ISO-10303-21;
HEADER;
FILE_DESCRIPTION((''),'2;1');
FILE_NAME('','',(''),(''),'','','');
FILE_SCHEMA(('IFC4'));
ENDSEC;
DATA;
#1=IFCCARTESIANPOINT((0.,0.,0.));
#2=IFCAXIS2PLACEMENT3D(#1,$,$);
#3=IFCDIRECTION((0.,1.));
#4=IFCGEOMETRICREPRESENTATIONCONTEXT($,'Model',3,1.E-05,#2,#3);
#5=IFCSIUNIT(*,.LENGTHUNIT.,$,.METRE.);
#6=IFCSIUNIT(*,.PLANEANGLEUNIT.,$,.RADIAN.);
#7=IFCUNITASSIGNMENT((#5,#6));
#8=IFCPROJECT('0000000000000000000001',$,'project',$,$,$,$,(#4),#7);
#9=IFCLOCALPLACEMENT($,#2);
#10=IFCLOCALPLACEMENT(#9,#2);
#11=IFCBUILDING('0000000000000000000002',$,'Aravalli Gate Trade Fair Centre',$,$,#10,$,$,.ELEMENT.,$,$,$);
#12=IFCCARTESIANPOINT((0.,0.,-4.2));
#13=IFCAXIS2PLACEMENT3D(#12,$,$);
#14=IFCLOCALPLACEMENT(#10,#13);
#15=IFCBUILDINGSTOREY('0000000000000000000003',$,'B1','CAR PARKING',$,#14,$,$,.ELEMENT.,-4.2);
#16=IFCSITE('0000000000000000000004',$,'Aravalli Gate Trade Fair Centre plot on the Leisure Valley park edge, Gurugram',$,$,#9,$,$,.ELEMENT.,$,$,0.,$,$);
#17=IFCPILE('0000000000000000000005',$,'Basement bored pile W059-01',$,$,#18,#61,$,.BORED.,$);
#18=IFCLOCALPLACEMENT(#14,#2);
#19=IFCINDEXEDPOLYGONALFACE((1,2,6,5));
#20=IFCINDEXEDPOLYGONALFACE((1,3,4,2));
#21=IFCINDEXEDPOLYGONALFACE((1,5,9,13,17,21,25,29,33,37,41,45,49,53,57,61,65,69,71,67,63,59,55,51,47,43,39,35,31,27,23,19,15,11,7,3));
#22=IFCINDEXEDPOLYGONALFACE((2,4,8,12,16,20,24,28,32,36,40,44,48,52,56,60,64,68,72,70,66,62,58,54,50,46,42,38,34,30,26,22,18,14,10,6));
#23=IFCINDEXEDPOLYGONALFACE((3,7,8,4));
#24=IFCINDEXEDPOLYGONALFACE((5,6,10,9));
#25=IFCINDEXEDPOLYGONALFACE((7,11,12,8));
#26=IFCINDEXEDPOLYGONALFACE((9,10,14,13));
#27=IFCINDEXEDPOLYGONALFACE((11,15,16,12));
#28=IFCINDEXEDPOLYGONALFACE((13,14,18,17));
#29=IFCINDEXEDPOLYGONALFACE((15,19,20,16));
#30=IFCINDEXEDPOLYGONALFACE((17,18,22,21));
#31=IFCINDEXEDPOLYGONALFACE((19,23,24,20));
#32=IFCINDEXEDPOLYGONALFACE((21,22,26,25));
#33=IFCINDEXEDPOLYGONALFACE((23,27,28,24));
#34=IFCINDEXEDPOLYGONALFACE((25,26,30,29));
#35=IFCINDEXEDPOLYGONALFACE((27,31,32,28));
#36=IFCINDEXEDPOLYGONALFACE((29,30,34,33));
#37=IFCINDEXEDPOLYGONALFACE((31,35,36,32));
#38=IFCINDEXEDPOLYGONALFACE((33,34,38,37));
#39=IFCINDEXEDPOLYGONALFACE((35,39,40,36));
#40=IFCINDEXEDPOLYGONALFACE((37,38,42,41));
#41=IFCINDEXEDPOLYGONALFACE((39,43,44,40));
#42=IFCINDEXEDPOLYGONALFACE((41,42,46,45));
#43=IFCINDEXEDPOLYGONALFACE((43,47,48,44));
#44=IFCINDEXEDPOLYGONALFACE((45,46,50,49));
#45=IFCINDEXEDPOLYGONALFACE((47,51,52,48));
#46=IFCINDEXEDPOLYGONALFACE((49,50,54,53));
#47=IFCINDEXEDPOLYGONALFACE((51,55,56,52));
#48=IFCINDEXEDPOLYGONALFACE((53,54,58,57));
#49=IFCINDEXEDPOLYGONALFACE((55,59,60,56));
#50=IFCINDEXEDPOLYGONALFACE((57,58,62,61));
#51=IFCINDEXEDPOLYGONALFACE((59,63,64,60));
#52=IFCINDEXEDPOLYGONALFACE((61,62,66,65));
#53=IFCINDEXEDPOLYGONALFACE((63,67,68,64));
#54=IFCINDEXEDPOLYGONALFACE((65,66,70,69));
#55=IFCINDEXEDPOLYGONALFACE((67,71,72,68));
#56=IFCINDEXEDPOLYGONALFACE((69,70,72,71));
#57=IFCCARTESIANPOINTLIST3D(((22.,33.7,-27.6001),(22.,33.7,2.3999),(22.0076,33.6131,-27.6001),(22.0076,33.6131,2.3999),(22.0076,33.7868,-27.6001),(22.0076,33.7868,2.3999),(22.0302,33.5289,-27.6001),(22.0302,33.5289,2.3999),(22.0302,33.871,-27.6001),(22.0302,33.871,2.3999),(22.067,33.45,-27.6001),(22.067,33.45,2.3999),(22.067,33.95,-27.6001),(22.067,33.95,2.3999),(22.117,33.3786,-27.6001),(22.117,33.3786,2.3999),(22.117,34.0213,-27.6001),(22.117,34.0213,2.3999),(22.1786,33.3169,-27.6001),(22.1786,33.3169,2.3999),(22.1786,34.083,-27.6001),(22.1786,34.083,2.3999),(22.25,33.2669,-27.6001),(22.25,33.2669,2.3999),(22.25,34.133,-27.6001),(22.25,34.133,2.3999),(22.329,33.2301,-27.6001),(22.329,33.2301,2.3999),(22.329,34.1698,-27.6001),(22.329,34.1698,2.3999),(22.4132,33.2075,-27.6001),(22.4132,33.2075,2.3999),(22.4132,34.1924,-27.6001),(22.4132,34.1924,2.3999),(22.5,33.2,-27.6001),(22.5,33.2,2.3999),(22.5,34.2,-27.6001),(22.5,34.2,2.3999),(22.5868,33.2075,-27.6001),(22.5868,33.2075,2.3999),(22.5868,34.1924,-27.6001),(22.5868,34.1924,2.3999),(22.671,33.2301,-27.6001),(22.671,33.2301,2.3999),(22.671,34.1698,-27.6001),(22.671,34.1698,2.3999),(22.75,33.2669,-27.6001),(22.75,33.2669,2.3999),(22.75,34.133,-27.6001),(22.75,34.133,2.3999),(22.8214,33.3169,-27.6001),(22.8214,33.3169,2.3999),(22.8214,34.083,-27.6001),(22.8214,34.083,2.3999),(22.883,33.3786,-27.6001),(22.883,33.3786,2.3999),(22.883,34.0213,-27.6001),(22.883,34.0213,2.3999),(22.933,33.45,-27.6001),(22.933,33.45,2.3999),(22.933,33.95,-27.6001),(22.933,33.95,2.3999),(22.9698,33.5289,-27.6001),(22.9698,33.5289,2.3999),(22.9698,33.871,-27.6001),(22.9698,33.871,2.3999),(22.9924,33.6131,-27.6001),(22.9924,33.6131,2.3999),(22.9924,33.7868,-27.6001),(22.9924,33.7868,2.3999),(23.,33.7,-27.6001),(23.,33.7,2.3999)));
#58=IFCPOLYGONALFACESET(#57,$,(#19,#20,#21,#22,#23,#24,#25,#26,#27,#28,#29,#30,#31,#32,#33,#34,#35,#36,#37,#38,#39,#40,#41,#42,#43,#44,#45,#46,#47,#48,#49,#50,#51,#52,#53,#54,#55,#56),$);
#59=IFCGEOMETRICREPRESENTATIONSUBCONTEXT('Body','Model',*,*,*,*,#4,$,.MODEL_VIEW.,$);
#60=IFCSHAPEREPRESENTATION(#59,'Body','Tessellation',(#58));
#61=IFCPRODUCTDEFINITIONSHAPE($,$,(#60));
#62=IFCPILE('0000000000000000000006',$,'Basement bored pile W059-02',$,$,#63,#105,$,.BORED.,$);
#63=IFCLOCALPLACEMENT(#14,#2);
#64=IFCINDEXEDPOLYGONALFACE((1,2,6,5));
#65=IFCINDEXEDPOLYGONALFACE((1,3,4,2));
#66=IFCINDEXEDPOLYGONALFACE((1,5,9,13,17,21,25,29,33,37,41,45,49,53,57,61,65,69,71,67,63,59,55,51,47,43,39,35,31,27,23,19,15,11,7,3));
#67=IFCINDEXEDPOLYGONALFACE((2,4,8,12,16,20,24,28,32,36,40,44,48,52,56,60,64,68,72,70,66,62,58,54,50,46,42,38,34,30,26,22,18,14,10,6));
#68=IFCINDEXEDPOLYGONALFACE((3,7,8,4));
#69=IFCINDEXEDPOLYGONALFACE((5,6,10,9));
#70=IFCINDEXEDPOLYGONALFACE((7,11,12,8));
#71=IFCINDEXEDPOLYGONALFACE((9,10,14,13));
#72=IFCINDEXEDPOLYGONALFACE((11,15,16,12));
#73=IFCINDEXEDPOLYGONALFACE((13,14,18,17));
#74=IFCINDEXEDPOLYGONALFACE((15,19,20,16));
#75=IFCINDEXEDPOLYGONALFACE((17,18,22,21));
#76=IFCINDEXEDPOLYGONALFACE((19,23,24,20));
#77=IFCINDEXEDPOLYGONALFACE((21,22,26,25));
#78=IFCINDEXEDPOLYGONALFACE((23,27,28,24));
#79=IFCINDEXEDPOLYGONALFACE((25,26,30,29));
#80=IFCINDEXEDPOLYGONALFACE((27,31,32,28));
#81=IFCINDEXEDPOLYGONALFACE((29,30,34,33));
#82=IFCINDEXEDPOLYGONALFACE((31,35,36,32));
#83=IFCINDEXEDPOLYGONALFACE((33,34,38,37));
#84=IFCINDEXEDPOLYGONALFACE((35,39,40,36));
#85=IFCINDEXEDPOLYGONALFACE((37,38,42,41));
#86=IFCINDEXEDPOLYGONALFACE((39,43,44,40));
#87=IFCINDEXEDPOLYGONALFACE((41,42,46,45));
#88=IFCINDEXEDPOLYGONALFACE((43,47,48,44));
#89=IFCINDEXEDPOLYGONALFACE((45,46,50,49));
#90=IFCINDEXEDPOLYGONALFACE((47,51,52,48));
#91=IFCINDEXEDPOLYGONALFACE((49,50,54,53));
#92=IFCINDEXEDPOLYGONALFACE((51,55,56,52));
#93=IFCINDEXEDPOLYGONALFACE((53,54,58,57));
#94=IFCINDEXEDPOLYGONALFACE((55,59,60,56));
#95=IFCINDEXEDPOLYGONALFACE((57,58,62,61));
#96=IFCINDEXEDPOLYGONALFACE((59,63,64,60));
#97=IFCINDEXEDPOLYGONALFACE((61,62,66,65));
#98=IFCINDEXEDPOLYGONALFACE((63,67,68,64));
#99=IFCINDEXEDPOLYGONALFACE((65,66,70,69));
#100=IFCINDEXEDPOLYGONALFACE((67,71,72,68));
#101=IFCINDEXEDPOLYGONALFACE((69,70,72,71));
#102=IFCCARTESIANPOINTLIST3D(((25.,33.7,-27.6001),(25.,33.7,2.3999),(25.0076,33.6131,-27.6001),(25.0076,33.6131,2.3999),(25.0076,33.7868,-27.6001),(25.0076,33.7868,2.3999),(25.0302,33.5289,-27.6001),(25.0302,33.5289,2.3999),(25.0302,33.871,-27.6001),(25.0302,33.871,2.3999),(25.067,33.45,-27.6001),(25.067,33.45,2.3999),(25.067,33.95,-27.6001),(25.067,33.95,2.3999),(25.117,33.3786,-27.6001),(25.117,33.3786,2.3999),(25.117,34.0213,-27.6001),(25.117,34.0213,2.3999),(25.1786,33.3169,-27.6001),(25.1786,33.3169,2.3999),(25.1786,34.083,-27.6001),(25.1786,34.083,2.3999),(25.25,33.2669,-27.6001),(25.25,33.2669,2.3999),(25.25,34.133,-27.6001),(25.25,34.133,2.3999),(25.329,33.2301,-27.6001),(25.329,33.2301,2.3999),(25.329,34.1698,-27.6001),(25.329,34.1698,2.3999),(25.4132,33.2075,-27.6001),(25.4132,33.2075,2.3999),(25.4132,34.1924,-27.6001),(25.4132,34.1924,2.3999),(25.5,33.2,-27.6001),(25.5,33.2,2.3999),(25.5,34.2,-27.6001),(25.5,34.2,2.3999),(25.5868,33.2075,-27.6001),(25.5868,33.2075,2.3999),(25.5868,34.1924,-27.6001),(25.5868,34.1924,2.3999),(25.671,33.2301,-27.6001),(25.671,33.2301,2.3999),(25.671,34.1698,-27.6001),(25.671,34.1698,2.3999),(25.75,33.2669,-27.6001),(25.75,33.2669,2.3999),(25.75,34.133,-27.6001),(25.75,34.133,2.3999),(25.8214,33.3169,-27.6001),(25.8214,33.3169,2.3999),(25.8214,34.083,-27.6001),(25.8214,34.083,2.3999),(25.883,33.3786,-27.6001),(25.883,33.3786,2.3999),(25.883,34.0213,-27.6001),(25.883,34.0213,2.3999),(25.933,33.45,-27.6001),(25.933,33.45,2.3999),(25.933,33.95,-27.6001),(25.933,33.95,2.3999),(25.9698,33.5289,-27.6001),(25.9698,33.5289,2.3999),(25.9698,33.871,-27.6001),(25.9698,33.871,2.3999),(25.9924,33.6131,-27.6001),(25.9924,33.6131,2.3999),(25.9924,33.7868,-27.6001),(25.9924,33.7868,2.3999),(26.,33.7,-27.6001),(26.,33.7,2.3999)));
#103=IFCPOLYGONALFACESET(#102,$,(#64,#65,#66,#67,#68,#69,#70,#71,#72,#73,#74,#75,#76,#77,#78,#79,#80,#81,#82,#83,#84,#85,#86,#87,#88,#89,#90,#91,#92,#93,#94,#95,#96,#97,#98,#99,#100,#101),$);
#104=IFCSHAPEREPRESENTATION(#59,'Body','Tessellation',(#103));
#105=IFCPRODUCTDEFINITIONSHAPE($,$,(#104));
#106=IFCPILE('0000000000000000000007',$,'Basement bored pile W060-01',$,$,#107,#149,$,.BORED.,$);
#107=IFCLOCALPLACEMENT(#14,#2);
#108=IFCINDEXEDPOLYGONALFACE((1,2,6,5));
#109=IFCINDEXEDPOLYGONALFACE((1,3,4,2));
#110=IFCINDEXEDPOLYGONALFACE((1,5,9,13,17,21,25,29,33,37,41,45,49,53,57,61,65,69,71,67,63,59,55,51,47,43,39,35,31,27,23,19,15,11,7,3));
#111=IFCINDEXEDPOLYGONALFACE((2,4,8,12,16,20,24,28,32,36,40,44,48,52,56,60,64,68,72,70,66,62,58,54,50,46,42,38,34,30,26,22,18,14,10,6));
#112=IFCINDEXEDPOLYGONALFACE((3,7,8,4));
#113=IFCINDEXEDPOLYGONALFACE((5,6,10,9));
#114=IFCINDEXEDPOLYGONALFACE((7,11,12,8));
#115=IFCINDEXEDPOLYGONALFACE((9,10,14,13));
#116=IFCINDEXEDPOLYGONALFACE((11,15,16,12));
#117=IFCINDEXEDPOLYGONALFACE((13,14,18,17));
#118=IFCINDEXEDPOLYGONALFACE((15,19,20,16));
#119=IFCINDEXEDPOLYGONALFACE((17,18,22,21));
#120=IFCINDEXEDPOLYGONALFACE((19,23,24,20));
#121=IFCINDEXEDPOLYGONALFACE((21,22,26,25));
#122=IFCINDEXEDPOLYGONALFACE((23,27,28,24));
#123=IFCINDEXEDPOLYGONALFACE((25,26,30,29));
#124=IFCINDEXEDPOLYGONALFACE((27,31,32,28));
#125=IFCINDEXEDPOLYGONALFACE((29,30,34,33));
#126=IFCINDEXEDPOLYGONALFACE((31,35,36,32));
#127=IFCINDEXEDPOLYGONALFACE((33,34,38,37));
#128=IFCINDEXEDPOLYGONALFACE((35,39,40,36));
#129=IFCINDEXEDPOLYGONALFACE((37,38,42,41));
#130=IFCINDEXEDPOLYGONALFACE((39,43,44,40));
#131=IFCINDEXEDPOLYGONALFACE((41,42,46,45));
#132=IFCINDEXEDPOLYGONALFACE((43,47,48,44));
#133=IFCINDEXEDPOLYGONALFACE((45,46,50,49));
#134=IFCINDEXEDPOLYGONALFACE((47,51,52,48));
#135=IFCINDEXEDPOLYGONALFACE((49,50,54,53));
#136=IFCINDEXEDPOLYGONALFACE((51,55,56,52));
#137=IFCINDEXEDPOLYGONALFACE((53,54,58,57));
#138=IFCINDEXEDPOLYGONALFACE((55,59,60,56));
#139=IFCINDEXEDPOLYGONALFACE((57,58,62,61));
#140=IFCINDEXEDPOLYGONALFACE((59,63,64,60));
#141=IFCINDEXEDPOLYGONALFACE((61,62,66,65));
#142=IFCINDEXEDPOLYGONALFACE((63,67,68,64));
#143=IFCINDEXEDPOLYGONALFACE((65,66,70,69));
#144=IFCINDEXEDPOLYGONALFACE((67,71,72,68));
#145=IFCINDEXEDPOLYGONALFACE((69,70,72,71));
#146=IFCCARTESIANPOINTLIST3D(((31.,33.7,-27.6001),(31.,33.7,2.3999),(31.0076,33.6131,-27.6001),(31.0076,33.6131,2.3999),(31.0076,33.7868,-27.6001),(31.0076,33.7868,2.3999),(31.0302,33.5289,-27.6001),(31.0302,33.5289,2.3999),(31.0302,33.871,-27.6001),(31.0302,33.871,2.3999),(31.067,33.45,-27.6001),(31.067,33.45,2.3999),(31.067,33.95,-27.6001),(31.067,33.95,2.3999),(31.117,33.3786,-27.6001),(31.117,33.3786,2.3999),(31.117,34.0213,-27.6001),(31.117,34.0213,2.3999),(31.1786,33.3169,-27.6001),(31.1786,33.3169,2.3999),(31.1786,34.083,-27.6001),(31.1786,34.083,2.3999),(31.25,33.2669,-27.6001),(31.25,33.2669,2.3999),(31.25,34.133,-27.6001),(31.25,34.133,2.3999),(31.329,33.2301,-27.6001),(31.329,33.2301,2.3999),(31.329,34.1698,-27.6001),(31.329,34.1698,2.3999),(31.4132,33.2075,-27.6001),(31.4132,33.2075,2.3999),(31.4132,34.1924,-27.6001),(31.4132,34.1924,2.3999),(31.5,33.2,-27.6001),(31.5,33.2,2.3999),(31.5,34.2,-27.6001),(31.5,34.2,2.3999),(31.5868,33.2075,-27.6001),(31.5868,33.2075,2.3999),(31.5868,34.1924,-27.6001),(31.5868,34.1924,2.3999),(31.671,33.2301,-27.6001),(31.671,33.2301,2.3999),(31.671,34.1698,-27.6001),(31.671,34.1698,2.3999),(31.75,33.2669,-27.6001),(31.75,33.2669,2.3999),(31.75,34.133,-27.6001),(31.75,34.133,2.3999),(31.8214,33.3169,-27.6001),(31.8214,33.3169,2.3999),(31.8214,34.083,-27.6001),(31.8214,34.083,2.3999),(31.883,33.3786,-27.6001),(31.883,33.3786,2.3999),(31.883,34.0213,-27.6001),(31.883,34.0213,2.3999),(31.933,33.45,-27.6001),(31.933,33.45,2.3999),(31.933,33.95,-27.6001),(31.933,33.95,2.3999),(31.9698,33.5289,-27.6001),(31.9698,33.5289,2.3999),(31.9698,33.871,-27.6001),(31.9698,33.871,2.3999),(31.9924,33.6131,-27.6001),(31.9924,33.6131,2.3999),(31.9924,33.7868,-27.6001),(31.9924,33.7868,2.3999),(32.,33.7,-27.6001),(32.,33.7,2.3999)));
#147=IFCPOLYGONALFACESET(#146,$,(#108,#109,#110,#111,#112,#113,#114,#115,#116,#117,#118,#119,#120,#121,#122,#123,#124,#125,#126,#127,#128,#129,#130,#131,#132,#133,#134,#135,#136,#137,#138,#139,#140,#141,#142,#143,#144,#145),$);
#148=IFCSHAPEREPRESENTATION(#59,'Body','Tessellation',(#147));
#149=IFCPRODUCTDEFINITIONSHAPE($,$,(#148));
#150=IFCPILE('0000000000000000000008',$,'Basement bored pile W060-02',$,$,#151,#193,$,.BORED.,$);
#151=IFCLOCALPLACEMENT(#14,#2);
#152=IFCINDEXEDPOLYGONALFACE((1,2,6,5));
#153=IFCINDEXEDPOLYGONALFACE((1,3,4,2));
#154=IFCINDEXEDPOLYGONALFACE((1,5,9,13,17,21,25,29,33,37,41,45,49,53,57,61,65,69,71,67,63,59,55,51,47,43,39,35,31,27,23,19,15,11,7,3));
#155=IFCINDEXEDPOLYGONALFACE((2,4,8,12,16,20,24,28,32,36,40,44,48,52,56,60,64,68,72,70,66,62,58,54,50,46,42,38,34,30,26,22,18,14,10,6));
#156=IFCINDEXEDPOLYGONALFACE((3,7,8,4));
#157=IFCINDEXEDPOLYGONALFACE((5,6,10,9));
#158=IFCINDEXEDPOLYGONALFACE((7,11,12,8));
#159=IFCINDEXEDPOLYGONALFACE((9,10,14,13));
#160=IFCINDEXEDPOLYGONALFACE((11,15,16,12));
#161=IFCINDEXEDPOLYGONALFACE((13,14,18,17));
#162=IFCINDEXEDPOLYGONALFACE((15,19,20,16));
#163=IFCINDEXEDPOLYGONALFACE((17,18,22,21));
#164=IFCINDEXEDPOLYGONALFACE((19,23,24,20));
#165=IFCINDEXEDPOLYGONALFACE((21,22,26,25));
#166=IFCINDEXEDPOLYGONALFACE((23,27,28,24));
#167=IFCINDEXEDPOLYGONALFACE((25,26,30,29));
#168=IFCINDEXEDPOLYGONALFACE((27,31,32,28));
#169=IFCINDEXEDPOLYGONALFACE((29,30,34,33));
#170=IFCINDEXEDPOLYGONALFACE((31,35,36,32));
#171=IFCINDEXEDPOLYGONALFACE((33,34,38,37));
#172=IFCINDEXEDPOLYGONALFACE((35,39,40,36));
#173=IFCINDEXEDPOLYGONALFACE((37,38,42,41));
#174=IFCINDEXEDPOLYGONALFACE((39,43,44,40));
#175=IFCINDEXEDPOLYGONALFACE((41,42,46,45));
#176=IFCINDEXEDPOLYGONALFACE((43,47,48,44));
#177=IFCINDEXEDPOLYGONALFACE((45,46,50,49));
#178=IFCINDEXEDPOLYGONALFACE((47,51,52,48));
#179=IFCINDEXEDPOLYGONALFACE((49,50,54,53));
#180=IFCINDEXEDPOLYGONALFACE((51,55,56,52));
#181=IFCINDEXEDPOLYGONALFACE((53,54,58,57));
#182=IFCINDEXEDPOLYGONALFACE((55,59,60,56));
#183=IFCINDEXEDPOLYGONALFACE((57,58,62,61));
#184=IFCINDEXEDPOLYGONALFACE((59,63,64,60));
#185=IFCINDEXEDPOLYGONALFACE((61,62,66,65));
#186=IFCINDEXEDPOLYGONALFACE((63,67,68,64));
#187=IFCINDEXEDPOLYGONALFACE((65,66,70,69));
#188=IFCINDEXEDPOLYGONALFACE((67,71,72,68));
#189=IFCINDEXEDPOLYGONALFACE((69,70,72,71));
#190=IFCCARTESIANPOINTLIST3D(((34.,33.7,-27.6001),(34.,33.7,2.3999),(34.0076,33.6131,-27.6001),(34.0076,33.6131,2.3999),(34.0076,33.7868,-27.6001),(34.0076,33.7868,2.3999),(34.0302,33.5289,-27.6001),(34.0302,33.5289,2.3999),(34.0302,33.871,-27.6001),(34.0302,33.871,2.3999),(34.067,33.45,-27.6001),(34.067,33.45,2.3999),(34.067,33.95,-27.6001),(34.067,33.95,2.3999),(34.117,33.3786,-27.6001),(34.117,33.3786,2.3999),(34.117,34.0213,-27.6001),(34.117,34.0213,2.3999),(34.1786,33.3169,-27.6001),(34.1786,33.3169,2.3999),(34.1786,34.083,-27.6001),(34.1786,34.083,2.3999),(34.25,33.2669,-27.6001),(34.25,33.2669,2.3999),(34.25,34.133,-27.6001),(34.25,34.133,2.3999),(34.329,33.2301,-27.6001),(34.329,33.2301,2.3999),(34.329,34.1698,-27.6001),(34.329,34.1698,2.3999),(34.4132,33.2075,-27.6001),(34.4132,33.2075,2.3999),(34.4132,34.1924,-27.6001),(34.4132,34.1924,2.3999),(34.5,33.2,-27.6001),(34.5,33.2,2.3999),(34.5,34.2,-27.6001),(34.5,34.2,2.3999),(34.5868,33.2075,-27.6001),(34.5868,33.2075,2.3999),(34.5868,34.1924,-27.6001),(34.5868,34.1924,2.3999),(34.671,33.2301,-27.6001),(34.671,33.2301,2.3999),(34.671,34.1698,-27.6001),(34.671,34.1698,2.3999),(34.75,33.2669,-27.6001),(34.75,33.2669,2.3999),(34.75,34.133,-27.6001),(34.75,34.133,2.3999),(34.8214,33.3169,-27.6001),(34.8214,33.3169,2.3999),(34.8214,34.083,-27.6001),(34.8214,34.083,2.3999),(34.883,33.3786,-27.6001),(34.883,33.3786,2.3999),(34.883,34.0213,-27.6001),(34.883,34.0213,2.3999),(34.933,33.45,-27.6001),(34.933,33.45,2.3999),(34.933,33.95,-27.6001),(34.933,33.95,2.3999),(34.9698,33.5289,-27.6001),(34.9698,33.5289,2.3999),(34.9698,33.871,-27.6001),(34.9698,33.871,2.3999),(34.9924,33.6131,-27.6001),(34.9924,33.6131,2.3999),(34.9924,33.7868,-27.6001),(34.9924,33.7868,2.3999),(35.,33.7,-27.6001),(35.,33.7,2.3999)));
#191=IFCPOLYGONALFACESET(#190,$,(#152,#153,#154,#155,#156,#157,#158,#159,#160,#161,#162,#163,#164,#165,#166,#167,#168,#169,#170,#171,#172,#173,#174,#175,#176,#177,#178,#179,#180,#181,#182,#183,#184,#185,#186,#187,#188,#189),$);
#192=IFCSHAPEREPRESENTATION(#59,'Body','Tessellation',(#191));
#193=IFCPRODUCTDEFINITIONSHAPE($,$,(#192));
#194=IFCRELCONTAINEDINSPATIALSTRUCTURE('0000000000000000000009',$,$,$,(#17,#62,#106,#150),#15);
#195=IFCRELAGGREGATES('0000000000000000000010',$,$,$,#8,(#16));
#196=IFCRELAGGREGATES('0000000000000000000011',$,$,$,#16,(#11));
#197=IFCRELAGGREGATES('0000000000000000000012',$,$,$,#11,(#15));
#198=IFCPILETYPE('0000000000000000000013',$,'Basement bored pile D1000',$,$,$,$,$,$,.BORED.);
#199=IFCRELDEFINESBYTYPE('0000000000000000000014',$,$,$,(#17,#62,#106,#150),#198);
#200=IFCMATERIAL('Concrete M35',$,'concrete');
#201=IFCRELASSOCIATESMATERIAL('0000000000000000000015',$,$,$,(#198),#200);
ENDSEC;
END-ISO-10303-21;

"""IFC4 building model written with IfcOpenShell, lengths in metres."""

from ifc_helpers import new_model, si_unit, direction, frame, origin, origin_2d, place, context, subcontext, project, spatial, circle, extrude, material, material_profile, profile_set, type_object, element, save


model = new_model("IFC4")

# Units and contexts
model_context = context("Model", 3, precision=1e-05, world=origin(), true_north=direction((0.0, 1.0)))
body_context = subcontext(model_context, "Body", "Model", "MODEL_VIEW")
ifc_project = project(units=[si_unit("LENGTHUNIT", "METRE"), si_unit("PLANEANGLEUNIT", "RADIAN")], contexts=[model_context])

# Site, building, storey
site_placement = place(None, origin())
site = spatial("IfcSite", under=ifc_project, at=site_placement, Name="Aravalli Gate Trade Fair Centre plot on the Leisure Valley park edge, Gurugram", CompositionType="ELEMENT", RefElevation=0.0)
building_placement = place(site_placement, origin())
building = spatial("IfcBuilding", under=site, at=building_placement, Name="Aravalli Gate Trade Fair Centre", CompositionType="ELEMENT")
storey_placement = place(building_placement, frame((0.0, 0.0, -4.2)))
storey = spatial("IfcBuildingStorey", under=building, at=storey_placement, Name="B1", Description="CAR PARKING", CompositionType="ELEMENT", Elevation=-4.2)

# Piles
ifc_material = material(Name="Concrete M35", Category="concrete")
ifc_material_profile = material_profile(ifc_material, circle(Radius=0.5, at=origin_2d()), Name="D1000")
ifc_profile_set = profile_set([ifc_material_profile], Name="Concrete M35")
pile_type = type_object("IfcPileType", Name="Basement bored pile D1000", PredefinedType="BORED", material=ifc_profile_set)
for number, where, z_axis, x_axis, name in (
    (1, (22.5, 33.7, 2.3999), (0.0, 0.0, -1.0), (1.0, 0.0, 0.0), "Basement bored pile W059-01"),
    (2, (25.5, 33.7, 2.3999), (0.0, 0.0, -1.0), (1.0, 0.0, 0.0), "Basement bored pile W059-02"),
    (3, (31.5, 33.7, 2.3999), (0.0, 0.0, -1.0), (1.0, 0.0, 0.0), "Basement bored pile W060-01"),
    (4, (34.5, 33.7, 2.3999), (0.0, 0.0, -1.0), (1.0, 0.0, 0.0), "Basement bored pile W060-02"),
):
    element("IfcPile", number, at=place(storey_placement, frame(where, z_axis=z_axis, x_axis=x_axis)), inside=storey, type_object=pile_type, Name=name, PredefinedType="BORED", context=body_context, shape_type="SweptSolid", body=[
        extrude(circle(Radius=0.5, at=origin_2d()), origin(), (0.0, 0.0, 1.0), 30.0),
    ])

save(model, "model.ifc")
